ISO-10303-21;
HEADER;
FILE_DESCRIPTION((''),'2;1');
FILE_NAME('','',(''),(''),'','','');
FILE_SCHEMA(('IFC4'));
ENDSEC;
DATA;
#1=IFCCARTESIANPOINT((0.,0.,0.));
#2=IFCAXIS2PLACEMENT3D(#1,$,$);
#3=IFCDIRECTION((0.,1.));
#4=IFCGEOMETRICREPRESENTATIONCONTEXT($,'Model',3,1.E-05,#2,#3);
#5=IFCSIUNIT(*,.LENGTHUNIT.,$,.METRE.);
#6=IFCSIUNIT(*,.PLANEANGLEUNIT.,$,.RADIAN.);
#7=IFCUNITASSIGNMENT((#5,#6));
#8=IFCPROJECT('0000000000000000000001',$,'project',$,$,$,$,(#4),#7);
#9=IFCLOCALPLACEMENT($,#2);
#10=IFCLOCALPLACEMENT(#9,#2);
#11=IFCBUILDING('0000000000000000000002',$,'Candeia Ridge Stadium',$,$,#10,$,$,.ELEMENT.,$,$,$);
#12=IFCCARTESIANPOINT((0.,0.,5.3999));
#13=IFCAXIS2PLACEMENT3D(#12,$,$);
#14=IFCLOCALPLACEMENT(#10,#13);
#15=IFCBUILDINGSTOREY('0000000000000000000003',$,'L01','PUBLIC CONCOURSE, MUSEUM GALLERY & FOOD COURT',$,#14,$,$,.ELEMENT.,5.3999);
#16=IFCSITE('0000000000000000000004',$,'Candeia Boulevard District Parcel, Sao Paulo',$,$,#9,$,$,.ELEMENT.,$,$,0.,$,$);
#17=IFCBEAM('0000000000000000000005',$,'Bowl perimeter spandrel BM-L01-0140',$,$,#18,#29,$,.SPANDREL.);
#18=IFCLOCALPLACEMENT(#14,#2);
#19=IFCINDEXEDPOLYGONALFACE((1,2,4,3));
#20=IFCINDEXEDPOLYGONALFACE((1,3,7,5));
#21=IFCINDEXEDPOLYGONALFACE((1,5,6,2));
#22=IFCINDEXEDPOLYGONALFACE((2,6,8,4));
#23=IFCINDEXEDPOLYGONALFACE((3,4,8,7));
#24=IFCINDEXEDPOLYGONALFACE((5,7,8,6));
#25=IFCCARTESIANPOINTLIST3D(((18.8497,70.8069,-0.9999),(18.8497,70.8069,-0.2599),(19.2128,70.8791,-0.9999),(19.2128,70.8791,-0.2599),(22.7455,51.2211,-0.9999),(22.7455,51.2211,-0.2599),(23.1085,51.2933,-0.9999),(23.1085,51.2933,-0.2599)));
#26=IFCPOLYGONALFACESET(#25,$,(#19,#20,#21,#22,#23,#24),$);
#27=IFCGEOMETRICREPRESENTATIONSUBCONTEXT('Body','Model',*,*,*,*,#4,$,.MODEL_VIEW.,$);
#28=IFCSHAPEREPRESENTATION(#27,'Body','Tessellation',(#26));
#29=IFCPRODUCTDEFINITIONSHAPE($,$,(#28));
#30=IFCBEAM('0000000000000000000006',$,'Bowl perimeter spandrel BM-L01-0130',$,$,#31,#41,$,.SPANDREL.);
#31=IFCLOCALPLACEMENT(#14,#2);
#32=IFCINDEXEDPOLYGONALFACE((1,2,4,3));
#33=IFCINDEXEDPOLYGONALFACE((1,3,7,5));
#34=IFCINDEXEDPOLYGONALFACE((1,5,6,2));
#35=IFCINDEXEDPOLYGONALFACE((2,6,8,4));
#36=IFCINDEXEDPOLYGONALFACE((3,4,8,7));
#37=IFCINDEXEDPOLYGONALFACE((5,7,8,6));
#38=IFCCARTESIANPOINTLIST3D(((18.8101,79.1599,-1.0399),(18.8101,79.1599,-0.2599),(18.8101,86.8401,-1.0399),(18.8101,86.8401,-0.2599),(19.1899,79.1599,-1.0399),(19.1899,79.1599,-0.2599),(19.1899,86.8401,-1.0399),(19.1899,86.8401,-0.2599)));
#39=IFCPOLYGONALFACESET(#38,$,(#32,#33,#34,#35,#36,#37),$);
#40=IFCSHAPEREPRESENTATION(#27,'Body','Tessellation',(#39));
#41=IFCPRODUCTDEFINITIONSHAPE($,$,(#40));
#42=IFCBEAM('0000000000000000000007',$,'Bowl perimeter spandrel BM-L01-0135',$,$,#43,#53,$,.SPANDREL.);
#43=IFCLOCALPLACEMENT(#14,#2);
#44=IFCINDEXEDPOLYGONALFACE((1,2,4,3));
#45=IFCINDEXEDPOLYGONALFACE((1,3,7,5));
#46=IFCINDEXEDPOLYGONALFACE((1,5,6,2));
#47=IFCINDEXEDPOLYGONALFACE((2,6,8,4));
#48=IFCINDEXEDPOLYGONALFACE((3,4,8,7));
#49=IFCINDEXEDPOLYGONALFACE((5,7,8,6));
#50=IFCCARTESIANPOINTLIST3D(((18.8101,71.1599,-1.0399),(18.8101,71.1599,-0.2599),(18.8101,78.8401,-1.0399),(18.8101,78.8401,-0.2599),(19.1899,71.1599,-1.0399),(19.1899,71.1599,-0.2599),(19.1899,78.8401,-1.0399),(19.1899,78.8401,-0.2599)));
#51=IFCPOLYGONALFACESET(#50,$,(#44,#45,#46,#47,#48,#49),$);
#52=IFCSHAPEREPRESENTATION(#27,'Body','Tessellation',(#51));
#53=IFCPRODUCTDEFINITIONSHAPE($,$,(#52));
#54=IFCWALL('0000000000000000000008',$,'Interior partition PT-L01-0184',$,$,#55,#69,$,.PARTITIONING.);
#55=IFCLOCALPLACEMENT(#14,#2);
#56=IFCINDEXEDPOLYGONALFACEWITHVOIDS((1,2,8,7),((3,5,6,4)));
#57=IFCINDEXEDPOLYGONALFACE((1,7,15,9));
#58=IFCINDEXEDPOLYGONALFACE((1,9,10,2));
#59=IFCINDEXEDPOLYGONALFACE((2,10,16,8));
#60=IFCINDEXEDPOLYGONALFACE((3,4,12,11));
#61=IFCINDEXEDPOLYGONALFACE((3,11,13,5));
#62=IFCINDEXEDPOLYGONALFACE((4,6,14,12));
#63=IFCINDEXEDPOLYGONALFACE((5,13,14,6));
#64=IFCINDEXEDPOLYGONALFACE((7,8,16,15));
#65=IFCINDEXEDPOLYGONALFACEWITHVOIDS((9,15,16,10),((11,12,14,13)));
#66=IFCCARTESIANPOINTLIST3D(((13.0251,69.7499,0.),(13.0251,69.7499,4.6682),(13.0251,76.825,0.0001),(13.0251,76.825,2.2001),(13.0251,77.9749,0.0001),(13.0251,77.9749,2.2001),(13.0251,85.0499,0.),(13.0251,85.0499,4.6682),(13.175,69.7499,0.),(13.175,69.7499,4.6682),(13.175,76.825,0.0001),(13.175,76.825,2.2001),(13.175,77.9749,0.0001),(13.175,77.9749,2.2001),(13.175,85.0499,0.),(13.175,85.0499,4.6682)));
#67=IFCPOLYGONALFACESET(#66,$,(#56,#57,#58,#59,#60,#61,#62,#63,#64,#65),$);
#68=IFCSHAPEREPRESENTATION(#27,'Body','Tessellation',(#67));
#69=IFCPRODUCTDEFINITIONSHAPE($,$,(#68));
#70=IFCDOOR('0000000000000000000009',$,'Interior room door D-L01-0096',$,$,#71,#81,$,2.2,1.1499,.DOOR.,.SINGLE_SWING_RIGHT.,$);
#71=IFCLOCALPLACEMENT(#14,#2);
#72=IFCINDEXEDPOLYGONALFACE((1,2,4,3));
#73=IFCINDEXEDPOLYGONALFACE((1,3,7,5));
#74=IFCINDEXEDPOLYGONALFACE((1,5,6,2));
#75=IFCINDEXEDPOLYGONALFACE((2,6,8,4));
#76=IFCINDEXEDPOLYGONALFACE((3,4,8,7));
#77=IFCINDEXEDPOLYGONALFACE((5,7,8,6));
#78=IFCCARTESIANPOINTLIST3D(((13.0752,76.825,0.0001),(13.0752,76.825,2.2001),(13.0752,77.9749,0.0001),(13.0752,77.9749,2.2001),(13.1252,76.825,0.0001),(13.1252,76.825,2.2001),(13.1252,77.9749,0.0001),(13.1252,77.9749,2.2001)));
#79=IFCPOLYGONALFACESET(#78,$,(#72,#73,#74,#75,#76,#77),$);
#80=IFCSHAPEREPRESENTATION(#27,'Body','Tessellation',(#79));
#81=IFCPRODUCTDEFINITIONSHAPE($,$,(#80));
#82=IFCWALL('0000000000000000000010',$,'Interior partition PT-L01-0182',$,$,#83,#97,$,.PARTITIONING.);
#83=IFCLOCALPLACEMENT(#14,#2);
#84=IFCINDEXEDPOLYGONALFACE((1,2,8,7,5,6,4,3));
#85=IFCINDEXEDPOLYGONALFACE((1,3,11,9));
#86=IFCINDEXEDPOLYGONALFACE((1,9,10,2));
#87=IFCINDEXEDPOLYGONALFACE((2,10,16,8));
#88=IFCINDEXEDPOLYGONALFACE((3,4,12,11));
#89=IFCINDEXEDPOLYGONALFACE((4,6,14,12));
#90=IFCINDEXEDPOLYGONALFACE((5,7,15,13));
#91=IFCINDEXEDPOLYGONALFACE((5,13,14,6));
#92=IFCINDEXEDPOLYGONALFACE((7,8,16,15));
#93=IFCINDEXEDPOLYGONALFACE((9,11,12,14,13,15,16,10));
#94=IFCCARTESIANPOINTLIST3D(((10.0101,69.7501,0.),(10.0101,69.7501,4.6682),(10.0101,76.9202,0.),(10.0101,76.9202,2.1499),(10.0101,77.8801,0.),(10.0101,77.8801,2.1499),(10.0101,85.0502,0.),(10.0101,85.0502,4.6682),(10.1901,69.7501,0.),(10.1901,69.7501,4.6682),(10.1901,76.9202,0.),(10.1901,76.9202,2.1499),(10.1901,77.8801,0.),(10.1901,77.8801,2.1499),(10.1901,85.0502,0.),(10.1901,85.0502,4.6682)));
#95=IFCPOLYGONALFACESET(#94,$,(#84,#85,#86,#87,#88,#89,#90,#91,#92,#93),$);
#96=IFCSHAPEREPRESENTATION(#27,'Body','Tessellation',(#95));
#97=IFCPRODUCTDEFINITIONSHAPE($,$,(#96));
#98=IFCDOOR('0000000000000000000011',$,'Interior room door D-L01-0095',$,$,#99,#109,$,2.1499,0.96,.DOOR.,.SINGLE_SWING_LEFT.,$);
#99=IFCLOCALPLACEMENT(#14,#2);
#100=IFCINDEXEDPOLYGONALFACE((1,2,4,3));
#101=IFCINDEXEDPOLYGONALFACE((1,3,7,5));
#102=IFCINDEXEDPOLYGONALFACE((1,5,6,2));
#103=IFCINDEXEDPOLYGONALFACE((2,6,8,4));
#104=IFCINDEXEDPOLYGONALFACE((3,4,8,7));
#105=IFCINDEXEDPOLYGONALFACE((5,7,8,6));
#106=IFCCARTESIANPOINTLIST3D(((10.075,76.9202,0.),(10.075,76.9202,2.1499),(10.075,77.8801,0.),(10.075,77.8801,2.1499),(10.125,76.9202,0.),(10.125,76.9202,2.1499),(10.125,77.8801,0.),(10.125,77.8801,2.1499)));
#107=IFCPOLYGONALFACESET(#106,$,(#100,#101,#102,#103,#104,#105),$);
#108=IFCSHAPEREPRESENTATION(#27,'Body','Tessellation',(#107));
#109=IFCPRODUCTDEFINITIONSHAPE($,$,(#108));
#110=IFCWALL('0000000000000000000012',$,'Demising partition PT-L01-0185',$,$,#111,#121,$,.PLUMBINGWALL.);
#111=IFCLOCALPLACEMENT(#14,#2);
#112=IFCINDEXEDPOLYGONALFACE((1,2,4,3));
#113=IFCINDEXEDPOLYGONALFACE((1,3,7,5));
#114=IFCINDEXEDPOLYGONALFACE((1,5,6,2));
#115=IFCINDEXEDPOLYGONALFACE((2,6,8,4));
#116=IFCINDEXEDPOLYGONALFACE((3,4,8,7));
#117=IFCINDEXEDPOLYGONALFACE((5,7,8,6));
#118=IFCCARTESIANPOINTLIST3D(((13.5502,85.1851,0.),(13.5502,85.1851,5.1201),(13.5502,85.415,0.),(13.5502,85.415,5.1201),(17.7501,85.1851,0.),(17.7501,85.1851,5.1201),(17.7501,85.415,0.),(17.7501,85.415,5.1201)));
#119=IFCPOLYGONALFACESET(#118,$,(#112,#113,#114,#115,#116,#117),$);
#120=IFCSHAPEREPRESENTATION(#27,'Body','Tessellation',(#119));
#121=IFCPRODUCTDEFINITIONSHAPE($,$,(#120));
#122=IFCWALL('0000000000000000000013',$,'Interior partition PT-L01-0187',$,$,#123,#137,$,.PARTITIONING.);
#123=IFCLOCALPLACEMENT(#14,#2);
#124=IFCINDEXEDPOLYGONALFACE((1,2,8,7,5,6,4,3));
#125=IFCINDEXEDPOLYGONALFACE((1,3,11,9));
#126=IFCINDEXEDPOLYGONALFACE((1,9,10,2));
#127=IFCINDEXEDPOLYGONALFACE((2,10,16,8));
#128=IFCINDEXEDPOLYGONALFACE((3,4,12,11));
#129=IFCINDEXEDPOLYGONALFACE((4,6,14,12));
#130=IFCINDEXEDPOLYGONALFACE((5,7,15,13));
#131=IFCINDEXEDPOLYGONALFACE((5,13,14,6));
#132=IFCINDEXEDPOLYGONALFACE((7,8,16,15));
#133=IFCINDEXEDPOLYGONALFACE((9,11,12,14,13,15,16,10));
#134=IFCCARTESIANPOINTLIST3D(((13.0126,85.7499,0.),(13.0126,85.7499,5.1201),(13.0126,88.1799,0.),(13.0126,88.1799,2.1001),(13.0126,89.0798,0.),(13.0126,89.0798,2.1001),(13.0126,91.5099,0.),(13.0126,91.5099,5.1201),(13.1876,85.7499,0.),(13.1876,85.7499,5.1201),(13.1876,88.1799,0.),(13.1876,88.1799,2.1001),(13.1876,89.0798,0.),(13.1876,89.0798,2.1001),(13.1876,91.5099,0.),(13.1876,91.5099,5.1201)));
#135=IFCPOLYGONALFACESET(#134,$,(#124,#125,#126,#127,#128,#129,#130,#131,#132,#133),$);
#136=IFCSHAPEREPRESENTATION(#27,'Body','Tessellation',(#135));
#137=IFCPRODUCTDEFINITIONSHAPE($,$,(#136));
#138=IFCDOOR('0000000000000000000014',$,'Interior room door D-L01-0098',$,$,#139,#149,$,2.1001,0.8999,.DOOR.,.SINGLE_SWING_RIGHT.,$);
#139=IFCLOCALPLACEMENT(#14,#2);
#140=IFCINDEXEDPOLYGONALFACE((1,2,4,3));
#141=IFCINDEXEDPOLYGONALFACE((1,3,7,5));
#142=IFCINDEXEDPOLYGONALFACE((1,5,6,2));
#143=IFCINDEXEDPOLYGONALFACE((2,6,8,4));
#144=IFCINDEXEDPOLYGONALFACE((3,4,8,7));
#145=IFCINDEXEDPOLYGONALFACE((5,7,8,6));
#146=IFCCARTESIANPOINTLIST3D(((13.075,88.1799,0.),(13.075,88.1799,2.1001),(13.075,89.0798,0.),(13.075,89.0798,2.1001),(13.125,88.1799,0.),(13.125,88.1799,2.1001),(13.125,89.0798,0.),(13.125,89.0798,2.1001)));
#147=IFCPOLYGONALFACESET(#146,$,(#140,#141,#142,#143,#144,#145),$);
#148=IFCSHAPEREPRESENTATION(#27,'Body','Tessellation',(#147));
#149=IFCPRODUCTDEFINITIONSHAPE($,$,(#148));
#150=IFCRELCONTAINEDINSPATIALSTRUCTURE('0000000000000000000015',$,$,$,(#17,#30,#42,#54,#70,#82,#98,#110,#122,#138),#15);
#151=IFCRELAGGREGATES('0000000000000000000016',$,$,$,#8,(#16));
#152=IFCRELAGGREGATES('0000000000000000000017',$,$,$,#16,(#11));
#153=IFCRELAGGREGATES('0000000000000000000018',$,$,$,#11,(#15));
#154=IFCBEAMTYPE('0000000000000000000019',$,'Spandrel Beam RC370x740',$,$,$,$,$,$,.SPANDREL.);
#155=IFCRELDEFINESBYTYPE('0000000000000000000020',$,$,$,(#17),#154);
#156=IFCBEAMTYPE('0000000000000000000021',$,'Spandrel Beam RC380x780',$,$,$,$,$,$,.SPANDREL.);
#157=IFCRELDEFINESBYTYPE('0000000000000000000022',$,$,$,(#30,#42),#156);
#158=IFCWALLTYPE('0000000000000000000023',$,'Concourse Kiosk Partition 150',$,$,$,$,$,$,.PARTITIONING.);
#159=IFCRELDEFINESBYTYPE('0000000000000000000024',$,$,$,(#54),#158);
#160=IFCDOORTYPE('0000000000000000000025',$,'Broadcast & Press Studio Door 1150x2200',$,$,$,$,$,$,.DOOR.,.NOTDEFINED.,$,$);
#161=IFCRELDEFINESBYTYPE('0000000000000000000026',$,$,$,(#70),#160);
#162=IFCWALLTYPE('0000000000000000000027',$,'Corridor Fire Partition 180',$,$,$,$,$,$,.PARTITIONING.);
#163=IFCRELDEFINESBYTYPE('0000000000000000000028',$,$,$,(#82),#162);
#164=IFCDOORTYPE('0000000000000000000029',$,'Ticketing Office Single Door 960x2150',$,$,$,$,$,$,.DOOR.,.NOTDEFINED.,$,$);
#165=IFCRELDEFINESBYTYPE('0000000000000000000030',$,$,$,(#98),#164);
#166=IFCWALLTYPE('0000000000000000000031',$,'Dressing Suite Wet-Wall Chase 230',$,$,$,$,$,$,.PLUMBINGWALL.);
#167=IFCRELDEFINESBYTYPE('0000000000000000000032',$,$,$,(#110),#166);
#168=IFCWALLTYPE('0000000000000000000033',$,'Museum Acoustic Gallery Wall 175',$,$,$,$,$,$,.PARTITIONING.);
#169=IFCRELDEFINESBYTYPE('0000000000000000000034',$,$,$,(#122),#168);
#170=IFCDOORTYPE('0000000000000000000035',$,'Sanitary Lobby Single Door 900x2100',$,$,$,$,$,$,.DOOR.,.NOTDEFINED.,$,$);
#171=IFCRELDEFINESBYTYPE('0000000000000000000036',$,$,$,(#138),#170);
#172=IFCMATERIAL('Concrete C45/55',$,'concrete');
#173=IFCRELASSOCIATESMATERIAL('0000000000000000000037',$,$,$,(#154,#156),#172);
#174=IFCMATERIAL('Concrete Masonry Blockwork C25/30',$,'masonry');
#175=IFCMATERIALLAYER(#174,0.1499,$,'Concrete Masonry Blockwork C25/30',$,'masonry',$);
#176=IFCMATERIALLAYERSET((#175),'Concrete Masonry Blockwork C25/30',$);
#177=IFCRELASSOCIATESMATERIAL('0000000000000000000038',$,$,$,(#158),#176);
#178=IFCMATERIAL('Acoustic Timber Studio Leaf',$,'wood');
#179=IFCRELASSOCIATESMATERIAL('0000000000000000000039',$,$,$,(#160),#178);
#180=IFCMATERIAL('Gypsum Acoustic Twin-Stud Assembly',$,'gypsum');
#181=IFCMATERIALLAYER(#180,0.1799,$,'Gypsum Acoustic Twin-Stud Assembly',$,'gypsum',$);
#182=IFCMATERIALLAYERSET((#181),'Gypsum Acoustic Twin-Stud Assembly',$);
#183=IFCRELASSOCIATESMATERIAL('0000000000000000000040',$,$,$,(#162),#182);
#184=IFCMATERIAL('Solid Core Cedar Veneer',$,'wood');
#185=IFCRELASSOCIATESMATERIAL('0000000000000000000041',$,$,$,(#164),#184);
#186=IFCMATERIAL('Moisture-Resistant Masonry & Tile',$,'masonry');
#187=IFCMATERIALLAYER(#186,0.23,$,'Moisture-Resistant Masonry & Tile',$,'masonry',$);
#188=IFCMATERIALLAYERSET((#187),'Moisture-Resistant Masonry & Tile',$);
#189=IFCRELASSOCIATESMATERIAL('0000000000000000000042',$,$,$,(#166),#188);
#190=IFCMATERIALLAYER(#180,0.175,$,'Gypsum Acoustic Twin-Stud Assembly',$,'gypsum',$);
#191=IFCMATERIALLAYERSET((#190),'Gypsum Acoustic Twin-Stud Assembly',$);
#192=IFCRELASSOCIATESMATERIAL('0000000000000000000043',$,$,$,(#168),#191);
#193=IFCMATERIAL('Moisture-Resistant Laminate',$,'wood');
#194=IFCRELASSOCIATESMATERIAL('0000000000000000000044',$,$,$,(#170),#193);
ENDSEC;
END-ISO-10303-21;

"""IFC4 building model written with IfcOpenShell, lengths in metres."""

from ifc_helpers import new_model, si_unit, direction, frame, frame_2d, origin, origin_2d, place, context, subcontext, project, spatial, rectangle, extrude, material, layer, layer_set, material_profile, profile_set, type_object, element, fill, save


model = new_model("IFC4")

# Units and contexts
model_context = context("Model", 3, precision=1e-05, world=origin(), true_north=direction((0.0, 1.0)))
body_context = subcontext(model_context, "Body", "Model", "MODEL_VIEW")
ifc_project = project(units=[si_unit("LENGTHUNIT", "METRE"), si_unit("PLANEANGLEUNIT", "RADIAN")], contexts=[model_context])

# Site, building, storey
site_placement = place(None, origin())
site = spatial("IfcSite", under=ifc_project, at=site_placement, Name="Candeia Boulevard District Parcel, Sao Paulo", CompositionType="ELEMENT", RefElevation=0.0)
building_placement = place(site_placement, origin())
building = spatial("IfcBuilding", under=site, at=building_placement, Name="Candeia Ridge Stadium", CompositionType="ELEMENT")
storey_placement = place(building_placement, frame((0.0, 0.0, 5.3999)))
storey = spatial("IfcBuildingStorey", under=building, at=storey_placement, Name="L01", Description="PUBLIC CONCOURSE, MUSEUM GALLERY & FOOD COURT", CompositionType="ELEMENT", Elevation=5.3999)

# Shared definitions
ifc_material_1 = material(Name="Concrete C45/55", Category="concrete")

# Beams
ifc_material_profile_1 = material_profile(ifc_material_1, rectangle(XDim=0.3701, YDim=0.74, at=origin_2d()), Name="RC370x740", Category="concrete")
ifc_profile_set_1 = profile_set([ifc_material_profile_1], Name="Concrete C45/55")
beam_type_1 = type_object("IfcBeamType", Name="Spandrel Beam RC370x740", PredefinedType="SPANDREL", material=ifc_profile_set_1)
beam_1_placement = place(storey_placement, frame((19.0312, 70.843, -0.6299), z_axis=(0.195086, -0.980786, 0.0), x_axis=(0.980786, 0.195086, 0.0)))
element("IfcBeam", 1, at=beam_1_placement, inside=storey, type_object=beam_type_1, Name="Bowl perimeter spandrel BM-L01-0140", PredefinedType="SPANDREL", context=body_context, shape_type="SweptSolid", body=[
    extrude(rectangle(XDim=0.3701, YDim=0.74, at=origin_2d()), origin(), (0.0, 0.0, 1.0), 19.9695),
])
ifc_material_profile_2 = material_profile(ifc_material_1, rectangle(XDim=0.3799, YDim=0.78, at=origin_2d()), Name="RC380x780", Category="concrete")
ifc_profile_set_2 = profile_set([ifc_material_profile_2], Name="Concrete C45/55")
beam_type_2 = type_object("IfcBeamType", Name="Spandrel Beam RC380x780", PredefinedType="SPANDREL", material=ifc_profile_set_2)
for number, where, z_axis, x_axis, name in (
    (2, (19.0, 86.8401, -0.6499), (0.0, -1.0, 0.0), (1.0, 0.0, 0.0), "Bowl perimeter spandrel BM-L01-0130"),
    (3, (19.0, 78.8401, -0.6499), (0.0, -1.0, 0.0), (1.0, 0.0, 0.0), "Bowl perimeter spandrel BM-L01-0135"),
):
    element("IfcBeam", number, at=place(storey_placement, frame(where, z_axis=z_axis, x_axis=x_axis)), inside=storey, type_object=beam_type_2, Name=name, PredefinedType="SPANDREL", context=body_context, shape_type="SweptSolid", body=[
        extrude(rectangle(XDim=0.3799, YDim=0.78, at=origin_2d()), origin(), (0.0, 0.0, 1.0), 7.6802),
    ])

# Walls, openings, doors
ifc_material_2 = material(Name="Concrete Masonry Blockwork C25/30", Category="masonry")
ifc_layer_1 = layer(ifc_material_2, 0.1499, Name="Concrete Masonry Blockwork C25/30", Category="masonry")
ifc_layer_set_1 = layer_set([ifc_layer_1], Name="Concrete Masonry Blockwork C25/30")
wall_type_1 = type_object("IfcWallType", Name="Concourse Kiosk Partition 150", PredefinedType="PARTITIONING", material=ifc_layer_set_1)
wall_1_placement = place(storey_placement, frame((13.1001, 69.75, 0.0), z_axis=(0.0, 0.0, 1.0), x_axis=(0.0, 1.0, 0.0)))
wall_1 = element("IfcWall", 4, at=wall_1_placement, inside=storey, type_object=wall_type_1, Name="Interior partition PT-L01-0184", PredefinedType="PARTITIONING", context=body_context, shape_type="SweptSolid", body=[
    extrude(rectangle(XDim=15.3, YDim=0.1499, at=frame_2d((7.6499, 0.0))), origin(), (0.0, 0.0, 1.0), 4.6682),
])
opening_1_placement = place(wall_1_placement, frame((7.075, 0.0, 0.0)))
opening_1 = element("IfcOpeningElement", 5, at=opening_1_placement, cuts=wall_1, PredefinedType="OPENING", context=body_context, shape_type="SweptSolid", body=[
    extrude(rectangle(XDim=1.1499, YDim=2.2, at=frame_2d((0.575, 1.1001))), frame((0.0, 0.085, 0.0), z_axis=(0.0, -1.0, 0.0), x_axis=(1.0, 0.0, 0.0)), (0.0, 0.0, 1.0), 0.1699),
])
ifc_material_3 = material(Name="Acoustic Timber Studio Leaf", Category="wood")
door_type_1 = type_object("IfcDoorType", Name="Broadcast & Press Studio Door 1150x2200", OperationType="NOTDEFINED", PredefinedType="DOOR", material=ifc_material_3)
door_1_placement = place(opening_1_placement, origin())
door_1 = element("IfcDoor", 6, at=door_1_placement, inside=storey, type_object=door_type_1, Name="Interior room door D-L01-0096", OperationType="SINGLE_SWING_RIGHT", OverallHeight=2.2, OverallWidth=1.1499, PredefinedType="DOOR", context=body_context, shape_type="SweptSolid", body=[
    extrude(rectangle(XDim=1.1499, YDim=2.2, at=frame_2d((0.575, 1.1001))), frame((0.0, 0.0249, 0.0), z_axis=(0.0, -1.0, 0.0), x_axis=(1.0, 0.0, 0.0)), (0.0, 0.0, 1.0), 0.05),
])
fill(opening_1, door_1)
ifc_material_4 = material(Name="Gypsum Acoustic Twin-Stud Assembly", Category="gypsum")
ifc_layer_2 = layer(ifc_material_4, 0.1799, Name="Gypsum Acoustic Twin-Stud Assembly", Category="gypsum")
ifc_layer_set_2 = layer_set([ifc_layer_2], Name="Gypsum Acoustic Twin-Stud Assembly")
wall_type_2 = type_object("IfcWallType", Name="Corridor Fire Partition 180", PredefinedType="PARTITIONING", material=ifc_layer_set_2)
wall_2_placement = place(storey_placement, frame((10.1001, 85.05, 0.0), z_axis=(0.0, 0.0, 1.0), x_axis=(0.0, -1.0, 0.0)))
wall_2 = element("IfcWall", 7, at=wall_2_placement, inside=storey, type_object=wall_type_2, Name="Interior partition PT-L01-0182", PredefinedType="PARTITIONING", context=body_context, shape_type="SweptSolid", body=[
    extrude(rectangle(XDim=15.3, YDim=0.1799, at=frame_2d((7.6499, 0.0))), origin(), (0.0, 0.0, 1.0), 4.6682),
])
opening_2_placement = place(wall_2_placement, frame((7.1699, 0.0, 0.0)))
opening_2 = element("IfcOpeningElement", 8, at=opening_2_placement, cuts=wall_2, PredefinedType="OPENING", context=body_context, shape_type="SweptSolid", body=[
    extrude(rectangle(XDim=0.96, YDim=2.1499, at=frame_2d((0.48, 1.075))), frame((0.0, 0.0999, 0.0), z_axis=(0.0, -1.0, 0.0), x_axis=(1.0, 0.0, 0.0)), (0.0, 0.0, 1.0), 0.2),
])
ifc_material_5 = material(Name="Solid Core Cedar Veneer", Category="wood")
door_type_2 = type_object("IfcDoorType", Name="Ticketing Office Single Door 960x2150", OperationType="NOTDEFINED", PredefinedType="DOOR", material=ifc_material_5)
door_2_placement = place(opening_2_placement, origin())
door_2 = element("IfcDoor", 9, at=door_2_placement, inside=storey, type_object=door_type_2, Name="Interior room door D-L01-0095", OperationType="SINGLE_SWING_LEFT", OverallHeight=2.1499, OverallWidth=0.96, PredefinedType="DOOR", context=body_context, shape_type="SweptSolid", body=[
    extrude(rectangle(XDim=0.96, YDim=2.1499, at=frame_2d((0.48, 1.075))), frame((0.0, 0.0249, 0.0), z_axis=(0.0, -1.0, 0.0), x_axis=(1.0, 0.0, 0.0)), (0.0, 0.0, 1.0), 0.05),
])
fill(opening_2, door_2)

# Wall
ifc_material_6 = material(Name="Moisture-Resistant Masonry & Tile", Category="masonry")
ifc_layer_3 = layer(ifc_material_6, 0.23, Name="Moisture-Resistant Masonry & Tile", Category="masonry")
ifc_layer_set_3 = layer_set([ifc_layer_3], Name="Moisture-Resistant Masonry & Tile")
wall_type_3 = type_object("IfcWallType", Name="Dressing Suite Wet-Wall Chase 230", PredefinedType="PLUMBINGWALL", material=ifc_layer_set_3)
wall_3_placement = place(storey_placement, frame((13.55, 85.3, 0.0), z_axis=(0.0, 0.0, 1.0), x_axis=(1.0, 0.0, 0.0)))
element("IfcWall", 10, at=wall_3_placement, inside=storey, type_object=wall_type_3, Name="Demising partition PT-L01-0185", PredefinedType="PLUMBINGWALL", context=body_context, shape_type="SweptSolid", body=[
    extrude(rectangle(XDim=4.2, YDim=0.23, at=frame_2d((2.1001, 0.0))), origin(), (0.0, 0.0, 1.0), 5.1201),
])

# Wall, opening, door
ifc_layer_4 = layer(ifc_material_4, 0.175, Name="Gypsum Acoustic Twin-Stud Assembly", Category="gypsum")
ifc_layer_set_4 = layer_set([ifc_layer_4], Name="Gypsum Acoustic Twin-Stud Assembly")
wall_type_4 = type_object("IfcWallType", Name="Museum Acoustic Gallery Wall 175", PredefinedType="PARTITIONING", material=ifc_layer_set_4)
wall_4_placement = place(storey_placement, frame((13.1001, 85.75, 0.0), z_axis=(0.0, 0.0, 1.0), x_axis=(0.0, 1.0, 0.0)))
wall_4 = element("IfcWall", 11, at=wall_4_placement, inside=storey, type_object=wall_type_4, Name="Interior partition PT-L01-0187", PredefinedType="PARTITIONING", context=body_context, shape_type="SweptSolid", body=[
    extrude(rectangle(XDim=5.76, YDim=0.175, at=frame_2d((2.8799, 0.0))), origin(), (0.0, 0.0, 1.0), 5.1201),
])
opening_3_placement = place(wall_4_placement, frame((2.4299, 0.0, 0.0)))
opening_3 = element("IfcOpeningElement", 12, at=opening_3_placement, cuts=wall_4, PredefinedType="OPENING", context=body_context, shape_type="SweptSolid", body=[
    extrude(rectangle(XDim=0.8999, YDim=2.1001, at=frame_2d((0.45, 1.05))), frame((0.0, 0.0974, 0.0), z_axis=(0.0, -1.0, 0.0), x_axis=(1.0, 0.0, 0.0)), (0.0, 0.0, 1.0), 0.1951),
])
ifc_material_7 = material(Name="Moisture-Resistant Laminate", Category="wood")
door_type_3 = type_object("IfcDoorType", Name="Sanitary Lobby Single Door 900x2100", OperationType="NOTDEFINED", PredefinedType="DOOR", material=ifc_material_7)
door_3_placement = place(opening_3_placement, frame((0.8999, 0.0, 0.0), z_axis=(0.0, 0.0, 1.0), x_axis=(-1.0, 0.0, 0.0)))
door_3 = element("IfcDoor", 13, at=door_3_placement, inside=storey, type_object=door_type_3, Name="Interior room door D-L01-0098", OperationType="SINGLE_SWING_RIGHT", OverallHeight=2.1001, OverallWidth=0.8999, PredefinedType="DOOR", context=body_context, shape_type="SweptSolid", body=[
    extrude(rectangle(XDim=0.8999, YDim=2.1001, at=frame_2d((0.45, 1.05))), frame((0.0, 0.0249, 0.0), z_axis=(0.0, -1.0, 0.0), x_axis=(1.0, 0.0, 0.0)), (0.0, 0.0, 1.0), 0.05),
])
fill(opening_3, door_3)

save(model, "model.ifc")
